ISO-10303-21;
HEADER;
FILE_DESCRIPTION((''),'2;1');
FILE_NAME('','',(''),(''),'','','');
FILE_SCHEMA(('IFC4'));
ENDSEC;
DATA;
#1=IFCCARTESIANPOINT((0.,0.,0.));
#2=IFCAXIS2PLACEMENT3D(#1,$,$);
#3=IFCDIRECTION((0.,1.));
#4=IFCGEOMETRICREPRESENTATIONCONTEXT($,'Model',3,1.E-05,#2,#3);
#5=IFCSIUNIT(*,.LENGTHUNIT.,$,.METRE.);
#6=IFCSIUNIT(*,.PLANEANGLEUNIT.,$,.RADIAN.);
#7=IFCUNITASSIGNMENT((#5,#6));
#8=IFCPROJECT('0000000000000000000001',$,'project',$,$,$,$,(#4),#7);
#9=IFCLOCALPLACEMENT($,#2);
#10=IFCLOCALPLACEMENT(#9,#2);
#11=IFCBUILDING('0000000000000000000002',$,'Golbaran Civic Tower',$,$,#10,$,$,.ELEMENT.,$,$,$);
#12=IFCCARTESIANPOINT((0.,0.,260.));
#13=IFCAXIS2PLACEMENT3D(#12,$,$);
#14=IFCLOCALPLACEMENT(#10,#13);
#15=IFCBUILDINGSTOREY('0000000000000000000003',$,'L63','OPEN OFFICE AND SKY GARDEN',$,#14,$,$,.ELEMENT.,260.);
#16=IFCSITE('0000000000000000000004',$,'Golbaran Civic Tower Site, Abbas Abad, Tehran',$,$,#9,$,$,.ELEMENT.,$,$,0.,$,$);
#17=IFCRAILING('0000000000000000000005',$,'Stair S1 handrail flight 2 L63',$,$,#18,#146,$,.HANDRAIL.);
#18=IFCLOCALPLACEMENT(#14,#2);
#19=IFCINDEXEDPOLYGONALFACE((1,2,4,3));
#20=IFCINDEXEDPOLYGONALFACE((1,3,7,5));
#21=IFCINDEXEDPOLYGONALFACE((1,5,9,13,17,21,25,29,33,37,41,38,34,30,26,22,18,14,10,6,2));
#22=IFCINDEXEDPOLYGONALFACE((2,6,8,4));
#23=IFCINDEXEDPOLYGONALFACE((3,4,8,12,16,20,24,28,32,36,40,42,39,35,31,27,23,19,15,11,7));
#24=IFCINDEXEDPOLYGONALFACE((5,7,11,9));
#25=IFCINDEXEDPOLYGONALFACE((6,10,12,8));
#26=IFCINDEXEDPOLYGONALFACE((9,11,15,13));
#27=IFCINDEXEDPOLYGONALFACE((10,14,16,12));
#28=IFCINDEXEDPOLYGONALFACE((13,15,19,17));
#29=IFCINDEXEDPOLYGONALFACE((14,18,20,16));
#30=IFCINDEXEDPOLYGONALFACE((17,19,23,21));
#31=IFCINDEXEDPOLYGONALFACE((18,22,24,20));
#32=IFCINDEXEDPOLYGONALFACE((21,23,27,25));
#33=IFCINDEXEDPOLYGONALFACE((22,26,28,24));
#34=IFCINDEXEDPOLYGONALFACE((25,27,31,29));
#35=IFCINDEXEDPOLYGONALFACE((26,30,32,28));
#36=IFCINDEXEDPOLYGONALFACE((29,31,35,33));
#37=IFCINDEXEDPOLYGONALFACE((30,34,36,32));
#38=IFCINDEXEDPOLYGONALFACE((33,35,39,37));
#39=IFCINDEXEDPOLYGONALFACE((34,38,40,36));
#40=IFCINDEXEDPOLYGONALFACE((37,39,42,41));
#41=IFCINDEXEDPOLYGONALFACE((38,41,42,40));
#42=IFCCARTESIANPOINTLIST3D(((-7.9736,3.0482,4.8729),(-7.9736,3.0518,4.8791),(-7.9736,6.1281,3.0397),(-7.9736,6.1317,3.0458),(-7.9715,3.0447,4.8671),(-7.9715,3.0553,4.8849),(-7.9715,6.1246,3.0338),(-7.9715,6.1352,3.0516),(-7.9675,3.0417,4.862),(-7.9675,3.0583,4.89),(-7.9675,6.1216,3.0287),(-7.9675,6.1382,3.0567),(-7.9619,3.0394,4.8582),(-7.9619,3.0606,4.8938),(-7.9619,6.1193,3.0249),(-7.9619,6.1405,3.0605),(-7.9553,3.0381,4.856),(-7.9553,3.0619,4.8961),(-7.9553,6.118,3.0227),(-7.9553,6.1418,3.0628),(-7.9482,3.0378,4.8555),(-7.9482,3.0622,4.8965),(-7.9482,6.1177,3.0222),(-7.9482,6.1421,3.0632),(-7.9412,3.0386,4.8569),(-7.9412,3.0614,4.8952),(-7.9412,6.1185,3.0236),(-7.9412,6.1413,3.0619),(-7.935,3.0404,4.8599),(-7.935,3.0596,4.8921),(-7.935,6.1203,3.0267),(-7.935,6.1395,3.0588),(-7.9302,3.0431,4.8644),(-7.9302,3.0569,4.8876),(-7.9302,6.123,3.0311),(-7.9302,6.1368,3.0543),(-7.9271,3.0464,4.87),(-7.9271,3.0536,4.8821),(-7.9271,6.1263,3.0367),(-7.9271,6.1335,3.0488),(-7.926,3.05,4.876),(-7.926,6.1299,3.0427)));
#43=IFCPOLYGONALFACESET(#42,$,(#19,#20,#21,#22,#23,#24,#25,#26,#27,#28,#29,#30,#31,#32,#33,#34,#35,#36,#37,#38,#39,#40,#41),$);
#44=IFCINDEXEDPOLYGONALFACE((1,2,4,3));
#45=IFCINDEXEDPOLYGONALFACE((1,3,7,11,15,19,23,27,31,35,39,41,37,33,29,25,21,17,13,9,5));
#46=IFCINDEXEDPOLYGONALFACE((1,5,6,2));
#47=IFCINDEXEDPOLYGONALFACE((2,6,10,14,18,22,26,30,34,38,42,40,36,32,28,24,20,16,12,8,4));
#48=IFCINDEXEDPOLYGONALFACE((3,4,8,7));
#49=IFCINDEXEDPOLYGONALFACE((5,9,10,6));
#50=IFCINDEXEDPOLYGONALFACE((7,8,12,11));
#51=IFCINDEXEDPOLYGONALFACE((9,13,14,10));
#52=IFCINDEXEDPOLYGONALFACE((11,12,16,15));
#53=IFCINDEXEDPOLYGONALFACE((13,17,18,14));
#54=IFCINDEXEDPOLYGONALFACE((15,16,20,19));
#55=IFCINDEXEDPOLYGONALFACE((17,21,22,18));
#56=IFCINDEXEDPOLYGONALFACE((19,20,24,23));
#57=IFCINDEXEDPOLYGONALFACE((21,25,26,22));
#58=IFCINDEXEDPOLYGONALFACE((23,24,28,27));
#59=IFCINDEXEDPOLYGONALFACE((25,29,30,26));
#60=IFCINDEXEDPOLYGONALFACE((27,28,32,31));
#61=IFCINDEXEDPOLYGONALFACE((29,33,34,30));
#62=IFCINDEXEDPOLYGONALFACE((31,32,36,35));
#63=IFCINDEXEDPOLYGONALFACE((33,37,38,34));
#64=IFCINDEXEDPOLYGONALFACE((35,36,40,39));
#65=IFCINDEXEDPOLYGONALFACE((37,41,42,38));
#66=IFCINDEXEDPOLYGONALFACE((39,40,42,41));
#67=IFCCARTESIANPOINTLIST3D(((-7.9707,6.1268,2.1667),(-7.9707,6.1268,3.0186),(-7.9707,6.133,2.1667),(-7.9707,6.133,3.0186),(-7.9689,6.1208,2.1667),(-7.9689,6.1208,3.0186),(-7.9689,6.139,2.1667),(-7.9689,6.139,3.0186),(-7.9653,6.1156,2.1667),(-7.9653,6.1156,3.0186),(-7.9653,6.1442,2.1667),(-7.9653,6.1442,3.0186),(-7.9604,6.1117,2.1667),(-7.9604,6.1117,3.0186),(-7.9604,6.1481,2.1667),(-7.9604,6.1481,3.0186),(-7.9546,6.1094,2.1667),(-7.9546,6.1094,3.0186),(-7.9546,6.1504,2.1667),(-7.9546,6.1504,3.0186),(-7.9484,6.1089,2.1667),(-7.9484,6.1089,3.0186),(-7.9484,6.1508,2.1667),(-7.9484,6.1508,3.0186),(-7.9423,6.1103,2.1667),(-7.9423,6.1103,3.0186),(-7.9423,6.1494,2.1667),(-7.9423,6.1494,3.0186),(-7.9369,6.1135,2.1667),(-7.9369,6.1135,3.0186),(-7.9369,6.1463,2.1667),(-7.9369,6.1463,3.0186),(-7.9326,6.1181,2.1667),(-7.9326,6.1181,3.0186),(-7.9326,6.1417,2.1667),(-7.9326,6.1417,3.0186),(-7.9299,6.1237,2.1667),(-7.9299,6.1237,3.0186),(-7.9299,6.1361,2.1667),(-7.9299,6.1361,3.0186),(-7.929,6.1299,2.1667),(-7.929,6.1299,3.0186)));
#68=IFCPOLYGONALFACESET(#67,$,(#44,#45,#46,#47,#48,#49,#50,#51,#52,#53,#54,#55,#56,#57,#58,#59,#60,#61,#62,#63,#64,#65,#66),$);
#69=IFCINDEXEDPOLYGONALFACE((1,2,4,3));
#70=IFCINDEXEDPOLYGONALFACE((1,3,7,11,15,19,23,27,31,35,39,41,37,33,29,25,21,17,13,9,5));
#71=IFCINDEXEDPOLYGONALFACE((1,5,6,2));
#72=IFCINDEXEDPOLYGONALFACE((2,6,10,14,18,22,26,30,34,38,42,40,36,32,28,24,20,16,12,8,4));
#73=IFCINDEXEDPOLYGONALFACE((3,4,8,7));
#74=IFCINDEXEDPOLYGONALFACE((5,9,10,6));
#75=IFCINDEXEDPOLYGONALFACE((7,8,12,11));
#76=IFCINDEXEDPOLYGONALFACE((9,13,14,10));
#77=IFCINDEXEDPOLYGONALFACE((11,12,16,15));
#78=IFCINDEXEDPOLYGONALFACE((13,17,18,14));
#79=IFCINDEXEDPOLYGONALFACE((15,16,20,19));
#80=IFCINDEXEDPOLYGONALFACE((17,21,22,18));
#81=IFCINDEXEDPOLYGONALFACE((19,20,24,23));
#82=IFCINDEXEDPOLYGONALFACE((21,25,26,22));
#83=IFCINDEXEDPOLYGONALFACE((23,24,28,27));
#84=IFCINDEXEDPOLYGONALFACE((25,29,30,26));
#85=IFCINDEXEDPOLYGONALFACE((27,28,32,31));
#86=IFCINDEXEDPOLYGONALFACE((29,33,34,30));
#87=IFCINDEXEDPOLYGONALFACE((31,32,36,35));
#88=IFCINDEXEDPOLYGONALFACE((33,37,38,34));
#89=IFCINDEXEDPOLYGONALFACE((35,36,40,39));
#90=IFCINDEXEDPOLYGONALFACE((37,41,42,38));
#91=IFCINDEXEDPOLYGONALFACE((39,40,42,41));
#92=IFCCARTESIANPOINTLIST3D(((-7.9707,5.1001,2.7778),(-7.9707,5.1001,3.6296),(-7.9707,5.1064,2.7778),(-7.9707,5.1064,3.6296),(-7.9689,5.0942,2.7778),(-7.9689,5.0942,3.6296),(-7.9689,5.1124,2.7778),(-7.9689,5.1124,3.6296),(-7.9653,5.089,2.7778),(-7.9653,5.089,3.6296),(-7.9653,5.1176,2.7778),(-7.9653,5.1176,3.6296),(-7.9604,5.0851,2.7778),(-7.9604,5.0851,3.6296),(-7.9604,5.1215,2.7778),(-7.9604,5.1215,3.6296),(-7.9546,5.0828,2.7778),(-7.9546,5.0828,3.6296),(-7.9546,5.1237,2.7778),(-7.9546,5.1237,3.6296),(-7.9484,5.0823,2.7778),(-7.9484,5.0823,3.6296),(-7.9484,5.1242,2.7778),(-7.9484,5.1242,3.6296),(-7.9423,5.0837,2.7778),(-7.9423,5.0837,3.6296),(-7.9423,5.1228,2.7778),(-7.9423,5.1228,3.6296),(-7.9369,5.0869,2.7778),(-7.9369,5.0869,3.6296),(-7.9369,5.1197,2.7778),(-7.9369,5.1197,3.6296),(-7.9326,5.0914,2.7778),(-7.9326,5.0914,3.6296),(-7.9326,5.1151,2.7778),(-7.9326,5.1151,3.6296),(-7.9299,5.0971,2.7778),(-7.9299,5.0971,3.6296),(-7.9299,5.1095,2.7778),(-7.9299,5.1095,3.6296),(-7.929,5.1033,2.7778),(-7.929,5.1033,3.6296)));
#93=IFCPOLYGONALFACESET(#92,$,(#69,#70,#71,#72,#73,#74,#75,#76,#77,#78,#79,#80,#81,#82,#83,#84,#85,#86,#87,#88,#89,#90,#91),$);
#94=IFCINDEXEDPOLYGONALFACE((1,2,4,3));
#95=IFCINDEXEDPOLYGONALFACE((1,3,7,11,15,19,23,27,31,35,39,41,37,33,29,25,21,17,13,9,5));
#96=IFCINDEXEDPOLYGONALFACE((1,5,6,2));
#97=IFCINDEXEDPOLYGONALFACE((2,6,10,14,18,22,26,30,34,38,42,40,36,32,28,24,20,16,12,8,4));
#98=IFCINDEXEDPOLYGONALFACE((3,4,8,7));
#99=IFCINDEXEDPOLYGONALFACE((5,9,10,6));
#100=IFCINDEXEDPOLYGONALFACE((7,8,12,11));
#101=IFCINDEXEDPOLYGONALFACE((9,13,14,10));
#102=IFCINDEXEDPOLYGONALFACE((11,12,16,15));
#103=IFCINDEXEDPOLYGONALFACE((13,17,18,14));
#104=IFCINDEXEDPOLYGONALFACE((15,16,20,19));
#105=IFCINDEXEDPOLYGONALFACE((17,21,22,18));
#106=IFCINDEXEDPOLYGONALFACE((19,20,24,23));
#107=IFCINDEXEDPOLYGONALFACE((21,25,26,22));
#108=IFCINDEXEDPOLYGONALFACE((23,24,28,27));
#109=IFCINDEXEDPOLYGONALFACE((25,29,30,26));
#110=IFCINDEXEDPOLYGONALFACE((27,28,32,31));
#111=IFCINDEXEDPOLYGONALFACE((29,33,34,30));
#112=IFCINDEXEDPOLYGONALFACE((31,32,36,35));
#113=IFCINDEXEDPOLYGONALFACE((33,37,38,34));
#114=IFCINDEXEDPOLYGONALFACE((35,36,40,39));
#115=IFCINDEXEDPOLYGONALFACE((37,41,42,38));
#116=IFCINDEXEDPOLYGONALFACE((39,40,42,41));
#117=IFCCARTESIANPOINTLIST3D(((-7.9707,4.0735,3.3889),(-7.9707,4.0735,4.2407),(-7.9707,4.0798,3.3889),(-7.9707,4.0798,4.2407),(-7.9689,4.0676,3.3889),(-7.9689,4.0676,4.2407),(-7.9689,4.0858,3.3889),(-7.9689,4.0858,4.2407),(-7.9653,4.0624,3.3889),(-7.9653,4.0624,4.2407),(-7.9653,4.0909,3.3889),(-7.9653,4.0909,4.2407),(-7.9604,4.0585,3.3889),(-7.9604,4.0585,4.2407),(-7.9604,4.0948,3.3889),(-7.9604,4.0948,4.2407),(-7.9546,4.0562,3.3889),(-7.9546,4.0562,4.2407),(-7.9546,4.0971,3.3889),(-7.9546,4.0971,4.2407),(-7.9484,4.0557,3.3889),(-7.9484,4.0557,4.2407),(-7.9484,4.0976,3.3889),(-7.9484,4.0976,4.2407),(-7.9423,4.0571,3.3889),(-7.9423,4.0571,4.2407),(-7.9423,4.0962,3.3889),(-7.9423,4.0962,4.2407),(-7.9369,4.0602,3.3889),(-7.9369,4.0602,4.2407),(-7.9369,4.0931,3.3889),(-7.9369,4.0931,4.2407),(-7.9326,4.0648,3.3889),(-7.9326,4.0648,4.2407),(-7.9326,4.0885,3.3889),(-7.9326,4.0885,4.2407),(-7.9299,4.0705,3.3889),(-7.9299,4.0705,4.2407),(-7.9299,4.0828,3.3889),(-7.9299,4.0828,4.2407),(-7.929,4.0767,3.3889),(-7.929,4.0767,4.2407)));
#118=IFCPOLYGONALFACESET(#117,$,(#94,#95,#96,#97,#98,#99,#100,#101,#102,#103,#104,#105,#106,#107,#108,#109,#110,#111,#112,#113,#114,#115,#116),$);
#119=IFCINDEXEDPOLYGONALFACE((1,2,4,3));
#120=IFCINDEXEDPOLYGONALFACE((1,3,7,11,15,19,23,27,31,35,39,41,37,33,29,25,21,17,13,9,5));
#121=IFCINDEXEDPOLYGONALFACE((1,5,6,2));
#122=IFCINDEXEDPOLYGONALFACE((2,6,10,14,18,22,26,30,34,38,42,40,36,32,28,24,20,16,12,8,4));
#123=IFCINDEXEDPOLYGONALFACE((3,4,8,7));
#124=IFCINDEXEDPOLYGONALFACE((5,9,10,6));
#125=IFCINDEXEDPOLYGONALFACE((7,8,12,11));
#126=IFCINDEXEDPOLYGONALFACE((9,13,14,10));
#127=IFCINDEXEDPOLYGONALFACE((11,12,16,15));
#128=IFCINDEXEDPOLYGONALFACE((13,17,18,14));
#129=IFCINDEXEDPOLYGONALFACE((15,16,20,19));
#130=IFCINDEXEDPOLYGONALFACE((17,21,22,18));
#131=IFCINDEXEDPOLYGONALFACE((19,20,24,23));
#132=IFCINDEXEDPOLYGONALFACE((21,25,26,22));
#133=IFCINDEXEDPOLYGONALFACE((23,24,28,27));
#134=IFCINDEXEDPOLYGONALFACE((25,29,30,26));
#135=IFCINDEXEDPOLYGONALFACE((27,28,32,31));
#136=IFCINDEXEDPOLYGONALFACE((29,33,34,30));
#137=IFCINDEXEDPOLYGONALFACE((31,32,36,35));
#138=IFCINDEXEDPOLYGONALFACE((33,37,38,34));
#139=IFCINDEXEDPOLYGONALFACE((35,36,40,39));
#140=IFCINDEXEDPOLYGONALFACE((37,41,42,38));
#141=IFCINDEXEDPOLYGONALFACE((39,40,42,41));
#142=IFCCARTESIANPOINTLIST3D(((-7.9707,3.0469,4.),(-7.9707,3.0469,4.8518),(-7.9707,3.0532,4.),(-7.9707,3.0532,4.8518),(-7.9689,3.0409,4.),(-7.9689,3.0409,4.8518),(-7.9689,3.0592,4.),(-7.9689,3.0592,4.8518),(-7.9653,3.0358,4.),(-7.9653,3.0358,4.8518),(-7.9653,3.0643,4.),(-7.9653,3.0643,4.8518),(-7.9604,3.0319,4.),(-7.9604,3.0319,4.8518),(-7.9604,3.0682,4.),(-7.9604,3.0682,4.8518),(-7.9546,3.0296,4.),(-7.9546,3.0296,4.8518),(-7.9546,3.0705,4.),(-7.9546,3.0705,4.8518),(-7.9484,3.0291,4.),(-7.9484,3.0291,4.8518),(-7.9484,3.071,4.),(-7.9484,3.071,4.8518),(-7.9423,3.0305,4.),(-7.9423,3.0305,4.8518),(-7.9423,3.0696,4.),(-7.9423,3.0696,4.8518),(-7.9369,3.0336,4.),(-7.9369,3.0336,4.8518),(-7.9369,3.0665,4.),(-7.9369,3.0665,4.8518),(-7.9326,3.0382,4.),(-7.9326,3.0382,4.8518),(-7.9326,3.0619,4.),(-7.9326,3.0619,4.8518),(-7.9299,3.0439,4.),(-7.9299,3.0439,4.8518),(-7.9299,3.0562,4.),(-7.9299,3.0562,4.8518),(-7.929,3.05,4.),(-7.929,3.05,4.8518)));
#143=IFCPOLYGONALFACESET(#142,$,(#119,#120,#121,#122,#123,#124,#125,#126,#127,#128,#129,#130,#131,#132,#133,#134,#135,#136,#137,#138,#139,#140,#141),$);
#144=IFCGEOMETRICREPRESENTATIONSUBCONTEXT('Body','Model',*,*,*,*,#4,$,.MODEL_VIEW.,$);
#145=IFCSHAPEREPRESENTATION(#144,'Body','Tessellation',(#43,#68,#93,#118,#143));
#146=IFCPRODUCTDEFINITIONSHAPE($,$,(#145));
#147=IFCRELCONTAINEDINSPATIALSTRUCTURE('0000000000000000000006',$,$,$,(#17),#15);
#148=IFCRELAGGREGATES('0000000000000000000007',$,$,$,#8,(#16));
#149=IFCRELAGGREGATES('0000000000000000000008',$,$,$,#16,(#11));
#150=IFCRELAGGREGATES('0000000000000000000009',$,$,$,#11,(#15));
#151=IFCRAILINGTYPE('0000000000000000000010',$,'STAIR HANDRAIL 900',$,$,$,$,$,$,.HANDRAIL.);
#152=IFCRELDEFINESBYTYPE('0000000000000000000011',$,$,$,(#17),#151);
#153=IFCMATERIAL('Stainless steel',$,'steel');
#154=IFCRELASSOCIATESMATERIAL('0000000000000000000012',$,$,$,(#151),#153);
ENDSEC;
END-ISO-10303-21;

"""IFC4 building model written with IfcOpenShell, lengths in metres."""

from ifc_helpers import new_model, si_unit, direction, frame, origin, origin_2d, place, context, subcontext, project, spatial, circle, extrude, material, type_object, element, save


model = new_model("IFC4")

# Units and contexts
model_context = context("Model", 3, precision=1e-05, world=origin(), true_north=direction((0.0, 1.0)))
body_context = subcontext(model_context, "Body", "Model", "MODEL_VIEW")
ifc_project = project(units=[si_unit("LENGTHUNIT", "METRE"), si_unit("PLANEANGLEUNIT", "RADIAN")], contexts=[model_context])

# Site, building, storey
site_placement = place(None, origin())
site = spatial("IfcSite", under=ifc_project, at=site_placement, Name="Golbaran Civic Tower Site, Abbas Abad, Tehran", CompositionType="ELEMENT", RefElevation=0.0)
building_placement = place(site_placement, origin())
building = spatial("IfcBuilding", under=site, at=building_placement, Name="Golbaran Civic Tower", CompositionType="ELEMENT")
storey_placement = place(building_placement, frame((0.0, 0.0, 260.0)))
storey = spatial("IfcBuildingStorey", under=building, at=storey_placement, Name="L63", Description="OPEN OFFICE AND SKY GARDEN", CompositionType="ELEMENT", Elevation=260.0)

# Shared definitions
ifc_material_1 = material(Name="Stainless steel", Category="steel")

# Railing
railing_type = type_object("IfcRailingType", Name="STAIR HANDRAIL 900", PredefinedType="HANDRAIL", material=ifc_material_1)
railing_1_placement = place(storey_placement, frame((-7.95, 6.1299, 2.1667)))
element("IfcRailing", 1, at=railing_1_placement, inside=storey, type_object=railing_type, Name="Stair S1 handrail flight 2 L63", PredefinedType="HANDRAIL", context=body_context, shape_type="SweptSolid", body=[
    extrude(circle(Radius=0.0239, at=origin_2d()), frame((0.0, 0.0, 0.876), z_axis=(0.0, -0.859291, 0.511487), x_axis=(1.0, 0.0, 0.0)), (0.0, 0.0, 1.0), 3.5842),
    extrude(circle(Radius=0.021, at=origin_2d()), origin(), (0.0, 0.0, 1.0), 0.8518),
    extrude(circle(Radius=0.021, at=origin_2d()), frame((0.0, -1.0266, 0.6111)), (0.0, 0.0, 1.0), 0.8518),
    extrude(circle(Radius=0.021, at=origin_2d()), frame((0.0, -2.0532, 1.2222)), (0.0, 0.0, 1.0), 0.8518),
    extrude(circle(Radius=0.021, at=origin_2d()), frame((0.0, -3.0798, 1.8333)), (0.0, 0.0, 1.0), 0.8518),
])

save(model, "model.ifc")
